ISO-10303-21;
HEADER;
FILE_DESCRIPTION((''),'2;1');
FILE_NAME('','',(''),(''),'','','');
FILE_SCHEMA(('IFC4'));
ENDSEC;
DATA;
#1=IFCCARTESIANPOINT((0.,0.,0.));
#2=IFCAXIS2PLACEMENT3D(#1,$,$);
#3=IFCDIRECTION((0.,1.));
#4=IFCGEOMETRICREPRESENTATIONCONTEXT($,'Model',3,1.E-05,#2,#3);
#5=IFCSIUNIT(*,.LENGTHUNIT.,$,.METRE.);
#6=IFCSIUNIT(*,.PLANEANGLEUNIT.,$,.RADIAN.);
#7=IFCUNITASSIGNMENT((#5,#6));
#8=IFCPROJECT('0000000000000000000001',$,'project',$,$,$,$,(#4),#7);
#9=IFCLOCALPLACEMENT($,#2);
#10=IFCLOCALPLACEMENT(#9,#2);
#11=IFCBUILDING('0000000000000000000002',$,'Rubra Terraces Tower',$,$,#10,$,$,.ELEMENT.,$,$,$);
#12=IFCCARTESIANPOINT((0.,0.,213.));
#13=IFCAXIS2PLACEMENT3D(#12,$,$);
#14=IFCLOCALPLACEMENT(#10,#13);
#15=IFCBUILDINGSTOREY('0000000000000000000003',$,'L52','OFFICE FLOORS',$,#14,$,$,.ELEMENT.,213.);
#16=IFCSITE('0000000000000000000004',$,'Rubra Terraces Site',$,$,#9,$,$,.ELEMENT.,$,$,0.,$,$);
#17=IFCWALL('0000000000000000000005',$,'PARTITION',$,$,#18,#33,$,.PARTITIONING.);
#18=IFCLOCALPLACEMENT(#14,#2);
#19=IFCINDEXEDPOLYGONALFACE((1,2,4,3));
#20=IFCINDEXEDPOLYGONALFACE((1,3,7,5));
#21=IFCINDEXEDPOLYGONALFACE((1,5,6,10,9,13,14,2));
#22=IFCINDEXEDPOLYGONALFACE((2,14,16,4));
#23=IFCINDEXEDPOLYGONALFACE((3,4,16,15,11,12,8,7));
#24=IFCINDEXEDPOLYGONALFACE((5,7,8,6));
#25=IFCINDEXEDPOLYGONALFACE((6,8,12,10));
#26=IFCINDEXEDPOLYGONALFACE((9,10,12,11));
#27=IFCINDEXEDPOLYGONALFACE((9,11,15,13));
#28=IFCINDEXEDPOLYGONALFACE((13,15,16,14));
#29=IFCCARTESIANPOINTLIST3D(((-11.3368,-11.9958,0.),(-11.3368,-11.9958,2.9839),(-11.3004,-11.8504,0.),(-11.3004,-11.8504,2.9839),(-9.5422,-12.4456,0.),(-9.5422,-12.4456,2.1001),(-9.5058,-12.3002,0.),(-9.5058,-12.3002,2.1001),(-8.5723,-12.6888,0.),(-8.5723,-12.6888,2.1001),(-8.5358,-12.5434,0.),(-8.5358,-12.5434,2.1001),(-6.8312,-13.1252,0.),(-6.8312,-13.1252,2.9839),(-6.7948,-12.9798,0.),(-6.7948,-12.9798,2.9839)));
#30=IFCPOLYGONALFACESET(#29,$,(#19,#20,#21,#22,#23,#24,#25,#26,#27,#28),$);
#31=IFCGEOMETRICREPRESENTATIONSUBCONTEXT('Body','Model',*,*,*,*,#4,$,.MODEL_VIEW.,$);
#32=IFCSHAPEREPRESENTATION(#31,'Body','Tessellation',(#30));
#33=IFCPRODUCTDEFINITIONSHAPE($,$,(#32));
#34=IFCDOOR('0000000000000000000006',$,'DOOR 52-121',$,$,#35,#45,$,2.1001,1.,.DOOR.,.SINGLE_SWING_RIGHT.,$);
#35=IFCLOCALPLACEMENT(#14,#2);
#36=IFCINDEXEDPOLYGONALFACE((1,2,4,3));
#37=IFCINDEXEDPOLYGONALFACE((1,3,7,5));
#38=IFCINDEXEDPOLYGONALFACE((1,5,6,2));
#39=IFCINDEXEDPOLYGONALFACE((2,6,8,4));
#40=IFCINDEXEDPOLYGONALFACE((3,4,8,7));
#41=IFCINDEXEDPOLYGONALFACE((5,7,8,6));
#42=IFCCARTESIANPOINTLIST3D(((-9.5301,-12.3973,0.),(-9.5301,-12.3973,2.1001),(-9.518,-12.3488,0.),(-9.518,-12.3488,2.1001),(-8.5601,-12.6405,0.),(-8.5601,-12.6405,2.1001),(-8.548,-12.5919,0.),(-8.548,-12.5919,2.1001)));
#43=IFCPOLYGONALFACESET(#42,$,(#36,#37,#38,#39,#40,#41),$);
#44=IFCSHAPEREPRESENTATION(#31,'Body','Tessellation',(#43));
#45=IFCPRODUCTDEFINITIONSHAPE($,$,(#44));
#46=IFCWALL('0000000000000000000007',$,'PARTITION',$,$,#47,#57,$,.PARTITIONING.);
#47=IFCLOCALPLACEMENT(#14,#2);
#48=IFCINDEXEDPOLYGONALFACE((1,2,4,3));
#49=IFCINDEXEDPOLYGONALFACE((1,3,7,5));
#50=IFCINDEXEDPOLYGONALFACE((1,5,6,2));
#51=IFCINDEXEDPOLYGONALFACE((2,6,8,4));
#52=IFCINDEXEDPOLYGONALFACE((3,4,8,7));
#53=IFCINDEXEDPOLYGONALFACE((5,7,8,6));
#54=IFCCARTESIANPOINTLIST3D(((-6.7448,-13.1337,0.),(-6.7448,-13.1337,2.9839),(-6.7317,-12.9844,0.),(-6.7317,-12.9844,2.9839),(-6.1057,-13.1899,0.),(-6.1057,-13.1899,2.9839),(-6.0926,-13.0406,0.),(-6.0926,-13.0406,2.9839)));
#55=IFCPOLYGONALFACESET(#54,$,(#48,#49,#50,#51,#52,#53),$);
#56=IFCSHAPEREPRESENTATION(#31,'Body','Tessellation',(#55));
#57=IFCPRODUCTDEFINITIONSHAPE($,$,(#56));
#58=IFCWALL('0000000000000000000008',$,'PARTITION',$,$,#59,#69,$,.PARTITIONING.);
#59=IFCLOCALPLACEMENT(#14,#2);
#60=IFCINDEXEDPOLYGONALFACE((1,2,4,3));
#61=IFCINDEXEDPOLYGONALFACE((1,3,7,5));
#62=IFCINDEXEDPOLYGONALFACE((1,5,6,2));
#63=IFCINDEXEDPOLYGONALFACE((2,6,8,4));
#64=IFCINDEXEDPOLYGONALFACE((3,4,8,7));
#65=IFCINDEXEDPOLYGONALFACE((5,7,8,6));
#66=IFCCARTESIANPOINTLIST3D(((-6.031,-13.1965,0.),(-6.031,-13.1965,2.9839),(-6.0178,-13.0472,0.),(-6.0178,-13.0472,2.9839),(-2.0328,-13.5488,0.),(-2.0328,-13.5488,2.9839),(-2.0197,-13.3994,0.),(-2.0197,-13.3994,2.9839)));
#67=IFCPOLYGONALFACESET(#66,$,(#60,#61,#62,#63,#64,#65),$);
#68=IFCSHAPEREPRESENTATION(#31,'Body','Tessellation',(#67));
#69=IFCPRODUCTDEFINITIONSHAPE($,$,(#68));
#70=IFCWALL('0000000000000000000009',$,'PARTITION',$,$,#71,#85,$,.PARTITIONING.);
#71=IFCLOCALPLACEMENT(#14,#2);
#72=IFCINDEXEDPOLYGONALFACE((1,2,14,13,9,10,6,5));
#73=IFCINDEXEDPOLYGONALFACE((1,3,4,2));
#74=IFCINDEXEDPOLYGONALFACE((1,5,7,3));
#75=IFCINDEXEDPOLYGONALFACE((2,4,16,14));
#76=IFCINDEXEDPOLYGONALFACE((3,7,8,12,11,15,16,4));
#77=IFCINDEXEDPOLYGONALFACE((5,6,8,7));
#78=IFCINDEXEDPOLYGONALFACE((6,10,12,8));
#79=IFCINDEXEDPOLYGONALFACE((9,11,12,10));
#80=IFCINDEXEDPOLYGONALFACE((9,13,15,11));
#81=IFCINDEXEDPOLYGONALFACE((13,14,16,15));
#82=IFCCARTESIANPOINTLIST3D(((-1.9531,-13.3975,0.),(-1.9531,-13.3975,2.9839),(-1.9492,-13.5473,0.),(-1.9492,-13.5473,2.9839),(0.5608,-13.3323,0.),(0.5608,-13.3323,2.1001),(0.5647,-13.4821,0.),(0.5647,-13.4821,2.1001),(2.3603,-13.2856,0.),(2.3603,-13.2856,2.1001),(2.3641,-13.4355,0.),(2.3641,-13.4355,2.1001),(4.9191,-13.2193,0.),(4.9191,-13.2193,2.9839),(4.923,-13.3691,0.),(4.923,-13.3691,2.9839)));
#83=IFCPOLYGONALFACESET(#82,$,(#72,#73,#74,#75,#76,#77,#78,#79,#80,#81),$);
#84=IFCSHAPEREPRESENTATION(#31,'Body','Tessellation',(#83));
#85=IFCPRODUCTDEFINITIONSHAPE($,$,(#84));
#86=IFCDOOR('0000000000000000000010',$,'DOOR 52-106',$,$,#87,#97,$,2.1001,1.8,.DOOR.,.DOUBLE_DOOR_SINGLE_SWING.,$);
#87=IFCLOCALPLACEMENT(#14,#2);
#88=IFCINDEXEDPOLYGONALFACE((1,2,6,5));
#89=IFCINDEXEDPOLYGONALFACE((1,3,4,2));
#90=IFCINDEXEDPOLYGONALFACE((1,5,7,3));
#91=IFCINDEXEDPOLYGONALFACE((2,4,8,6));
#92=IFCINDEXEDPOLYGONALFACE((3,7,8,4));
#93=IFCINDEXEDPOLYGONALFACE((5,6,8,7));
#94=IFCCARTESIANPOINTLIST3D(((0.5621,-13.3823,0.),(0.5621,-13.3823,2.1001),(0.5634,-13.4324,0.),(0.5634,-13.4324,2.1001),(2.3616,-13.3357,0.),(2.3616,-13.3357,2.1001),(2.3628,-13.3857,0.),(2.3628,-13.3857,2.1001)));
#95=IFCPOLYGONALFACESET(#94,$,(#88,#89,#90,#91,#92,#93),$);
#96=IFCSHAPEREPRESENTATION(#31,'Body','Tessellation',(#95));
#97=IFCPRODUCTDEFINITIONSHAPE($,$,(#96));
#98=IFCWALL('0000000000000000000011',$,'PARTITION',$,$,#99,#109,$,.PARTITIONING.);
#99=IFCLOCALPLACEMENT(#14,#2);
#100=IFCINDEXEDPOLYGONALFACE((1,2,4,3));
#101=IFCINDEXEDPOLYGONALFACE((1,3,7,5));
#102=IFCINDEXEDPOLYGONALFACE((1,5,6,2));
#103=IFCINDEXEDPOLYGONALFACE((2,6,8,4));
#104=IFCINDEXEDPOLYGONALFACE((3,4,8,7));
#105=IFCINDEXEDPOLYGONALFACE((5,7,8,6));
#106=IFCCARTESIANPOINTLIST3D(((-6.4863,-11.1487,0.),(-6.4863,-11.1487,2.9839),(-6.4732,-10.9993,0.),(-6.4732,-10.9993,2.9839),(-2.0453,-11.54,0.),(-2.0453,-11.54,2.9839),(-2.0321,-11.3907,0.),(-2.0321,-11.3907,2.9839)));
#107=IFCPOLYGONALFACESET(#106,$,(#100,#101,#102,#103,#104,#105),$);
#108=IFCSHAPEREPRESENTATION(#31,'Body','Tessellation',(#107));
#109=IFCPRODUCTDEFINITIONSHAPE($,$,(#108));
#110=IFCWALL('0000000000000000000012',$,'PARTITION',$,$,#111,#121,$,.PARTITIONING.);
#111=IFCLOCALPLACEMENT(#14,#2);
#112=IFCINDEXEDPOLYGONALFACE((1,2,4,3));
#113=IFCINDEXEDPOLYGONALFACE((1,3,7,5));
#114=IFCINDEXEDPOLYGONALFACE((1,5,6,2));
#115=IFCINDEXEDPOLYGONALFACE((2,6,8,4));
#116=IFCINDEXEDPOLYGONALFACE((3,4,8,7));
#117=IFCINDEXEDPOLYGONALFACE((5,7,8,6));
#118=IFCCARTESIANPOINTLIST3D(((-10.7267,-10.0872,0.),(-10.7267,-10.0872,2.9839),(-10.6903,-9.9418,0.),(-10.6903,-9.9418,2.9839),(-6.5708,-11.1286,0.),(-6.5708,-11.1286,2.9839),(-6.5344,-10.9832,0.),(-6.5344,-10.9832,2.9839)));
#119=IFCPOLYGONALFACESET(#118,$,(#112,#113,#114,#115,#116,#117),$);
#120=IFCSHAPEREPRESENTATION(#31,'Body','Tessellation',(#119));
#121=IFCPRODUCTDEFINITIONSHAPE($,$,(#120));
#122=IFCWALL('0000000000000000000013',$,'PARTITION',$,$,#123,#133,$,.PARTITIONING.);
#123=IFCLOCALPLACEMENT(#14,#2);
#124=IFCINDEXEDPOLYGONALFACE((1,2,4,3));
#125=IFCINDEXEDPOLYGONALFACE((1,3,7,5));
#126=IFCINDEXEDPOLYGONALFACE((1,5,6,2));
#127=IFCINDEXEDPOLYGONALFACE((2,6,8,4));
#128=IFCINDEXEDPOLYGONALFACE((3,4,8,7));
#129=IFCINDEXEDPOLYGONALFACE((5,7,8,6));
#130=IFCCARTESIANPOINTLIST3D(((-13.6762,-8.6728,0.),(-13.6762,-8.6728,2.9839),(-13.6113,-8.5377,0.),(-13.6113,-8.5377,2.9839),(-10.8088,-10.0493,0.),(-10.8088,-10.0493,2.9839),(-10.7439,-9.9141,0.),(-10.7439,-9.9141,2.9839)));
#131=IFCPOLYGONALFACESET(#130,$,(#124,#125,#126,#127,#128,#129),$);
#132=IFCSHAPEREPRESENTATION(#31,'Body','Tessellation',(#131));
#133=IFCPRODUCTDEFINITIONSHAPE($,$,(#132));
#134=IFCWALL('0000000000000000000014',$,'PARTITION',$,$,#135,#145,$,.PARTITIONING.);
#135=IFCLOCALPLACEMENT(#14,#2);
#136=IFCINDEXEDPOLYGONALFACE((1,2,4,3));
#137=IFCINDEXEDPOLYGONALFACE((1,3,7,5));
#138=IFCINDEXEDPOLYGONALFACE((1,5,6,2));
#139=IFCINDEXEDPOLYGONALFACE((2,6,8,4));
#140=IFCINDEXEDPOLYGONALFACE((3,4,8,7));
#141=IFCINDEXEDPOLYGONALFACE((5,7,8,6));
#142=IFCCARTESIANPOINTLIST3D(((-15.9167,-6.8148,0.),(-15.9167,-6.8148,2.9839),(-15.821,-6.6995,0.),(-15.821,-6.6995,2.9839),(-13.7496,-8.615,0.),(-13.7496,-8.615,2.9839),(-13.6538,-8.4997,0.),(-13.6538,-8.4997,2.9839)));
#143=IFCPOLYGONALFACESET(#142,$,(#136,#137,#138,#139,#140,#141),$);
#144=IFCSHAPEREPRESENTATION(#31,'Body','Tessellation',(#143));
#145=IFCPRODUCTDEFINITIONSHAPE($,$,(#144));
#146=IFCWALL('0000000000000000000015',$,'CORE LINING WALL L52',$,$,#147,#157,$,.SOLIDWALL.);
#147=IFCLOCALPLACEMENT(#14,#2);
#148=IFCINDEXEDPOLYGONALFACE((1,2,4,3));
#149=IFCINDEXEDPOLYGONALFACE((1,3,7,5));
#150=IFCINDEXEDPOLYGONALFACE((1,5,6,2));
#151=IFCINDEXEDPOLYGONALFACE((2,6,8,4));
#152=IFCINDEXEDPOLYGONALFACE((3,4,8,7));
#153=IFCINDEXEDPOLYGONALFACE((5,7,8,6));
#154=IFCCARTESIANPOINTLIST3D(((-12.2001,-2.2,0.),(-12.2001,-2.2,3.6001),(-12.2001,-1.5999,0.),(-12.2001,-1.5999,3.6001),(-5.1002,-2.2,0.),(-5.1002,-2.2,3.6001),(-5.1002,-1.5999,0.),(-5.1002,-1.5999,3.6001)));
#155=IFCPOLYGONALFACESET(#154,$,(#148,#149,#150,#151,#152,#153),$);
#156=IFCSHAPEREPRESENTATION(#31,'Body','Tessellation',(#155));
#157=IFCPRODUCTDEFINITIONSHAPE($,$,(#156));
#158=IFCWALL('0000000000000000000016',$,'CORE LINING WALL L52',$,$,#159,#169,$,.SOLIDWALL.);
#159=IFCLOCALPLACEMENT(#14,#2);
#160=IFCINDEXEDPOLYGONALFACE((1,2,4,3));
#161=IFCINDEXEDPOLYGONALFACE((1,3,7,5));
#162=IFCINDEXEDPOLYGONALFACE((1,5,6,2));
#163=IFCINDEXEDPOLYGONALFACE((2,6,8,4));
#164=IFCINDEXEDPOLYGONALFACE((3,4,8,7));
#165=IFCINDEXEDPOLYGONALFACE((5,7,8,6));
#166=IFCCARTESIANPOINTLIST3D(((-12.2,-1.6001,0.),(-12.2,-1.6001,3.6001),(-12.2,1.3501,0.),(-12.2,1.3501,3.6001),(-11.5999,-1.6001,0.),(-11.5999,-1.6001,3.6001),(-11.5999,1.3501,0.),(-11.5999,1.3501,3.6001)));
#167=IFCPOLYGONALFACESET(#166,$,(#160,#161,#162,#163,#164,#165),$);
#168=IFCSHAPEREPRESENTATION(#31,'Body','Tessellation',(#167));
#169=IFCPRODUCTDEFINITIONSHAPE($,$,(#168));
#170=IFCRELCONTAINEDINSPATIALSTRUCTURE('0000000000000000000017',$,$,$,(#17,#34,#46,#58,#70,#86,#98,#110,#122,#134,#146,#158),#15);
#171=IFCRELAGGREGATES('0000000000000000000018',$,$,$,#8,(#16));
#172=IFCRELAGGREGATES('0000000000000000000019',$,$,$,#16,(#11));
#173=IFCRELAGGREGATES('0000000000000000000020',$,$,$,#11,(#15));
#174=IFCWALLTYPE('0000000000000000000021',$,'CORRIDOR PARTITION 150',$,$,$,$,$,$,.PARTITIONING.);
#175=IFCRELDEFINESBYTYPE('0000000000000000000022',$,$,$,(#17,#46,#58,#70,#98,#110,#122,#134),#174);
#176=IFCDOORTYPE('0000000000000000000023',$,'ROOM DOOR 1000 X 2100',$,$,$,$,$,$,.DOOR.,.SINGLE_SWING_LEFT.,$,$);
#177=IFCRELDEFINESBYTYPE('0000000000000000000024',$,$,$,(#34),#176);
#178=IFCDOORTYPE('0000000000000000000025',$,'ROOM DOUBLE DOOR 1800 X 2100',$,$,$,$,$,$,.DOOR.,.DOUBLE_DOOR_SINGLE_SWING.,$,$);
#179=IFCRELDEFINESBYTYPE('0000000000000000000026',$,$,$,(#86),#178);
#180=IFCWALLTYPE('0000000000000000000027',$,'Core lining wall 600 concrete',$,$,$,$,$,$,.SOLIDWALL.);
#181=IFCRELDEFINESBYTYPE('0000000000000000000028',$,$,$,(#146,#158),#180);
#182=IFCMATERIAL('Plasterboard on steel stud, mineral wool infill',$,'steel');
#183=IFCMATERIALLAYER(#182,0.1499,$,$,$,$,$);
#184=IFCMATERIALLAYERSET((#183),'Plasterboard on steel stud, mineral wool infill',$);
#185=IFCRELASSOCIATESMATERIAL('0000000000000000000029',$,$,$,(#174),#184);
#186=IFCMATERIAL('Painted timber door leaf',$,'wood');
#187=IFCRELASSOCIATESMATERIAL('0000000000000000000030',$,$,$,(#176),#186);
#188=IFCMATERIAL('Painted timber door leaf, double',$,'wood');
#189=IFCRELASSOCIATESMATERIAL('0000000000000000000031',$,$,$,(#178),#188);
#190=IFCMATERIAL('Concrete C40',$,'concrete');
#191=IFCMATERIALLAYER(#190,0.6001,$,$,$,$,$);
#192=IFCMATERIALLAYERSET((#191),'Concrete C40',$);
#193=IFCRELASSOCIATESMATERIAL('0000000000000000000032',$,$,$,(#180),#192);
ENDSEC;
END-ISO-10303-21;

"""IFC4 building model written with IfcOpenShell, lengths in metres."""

from ifc_helpers import new_model, si_unit, direction, frame, frame_2d, origin, place, context, subcontext, project, spatial, rectangle, extrude, material, layer, layer_set, type_object, element, fill, save


model = new_model("IFC4")

# Units and contexts
model_context = context("Model", 3, precision=1e-05, world=origin(), true_north=direction((0.0, 1.0)))
body_context = subcontext(model_context, "Body", "Model", "MODEL_VIEW")
ifc_project = project(units=[si_unit("LENGTHUNIT", "METRE"), si_unit("PLANEANGLEUNIT", "RADIAN")], contexts=[model_context])

# Site, building, storey
site_placement = place(None, origin())
site = spatial("IfcSite", under=ifc_project, at=site_placement, Name="Rubra Terraces Site", CompositionType="ELEMENT", RefElevation=0.0)
building_placement = place(site_placement, origin())
building = spatial("IfcBuilding", under=site, at=building_placement, Name="Rubra Terraces Tower", CompositionType="ELEMENT")
storey_placement = place(building_placement, frame((0.0, 0.0, 213.0)))
storey = spatial("IfcBuildingStorey", under=building, at=storey_placement, Name="L52", Description="OFFICE FLOORS", CompositionType="ELEMENT", Elevation=213.0)

# Wall, opening, door
ifc_material_1 = material(Name="Plasterboard on steel stud, mineral wool infill", Category="steel")
ifc_layer_1 = layer(ifc_material_1, 0.1499)
ifc_layer_set_1 = layer_set([ifc_layer_1], Name="Plasterboard on steel stud, mineral wool infill")
wall_type_1 = type_object("IfcWallType", Name="CORRIDOR PARTITION 150", PredefinedType="PARTITIONING", material=ifc_layer_set_1)
wall_1_placement = place(storey_placement, frame((-11.3186, -11.9231, 0.0), z_axis=(0.0, 0.0, 1.0), x_axis=(0.969991, -0.243142, 0.0)))
wall_1 = element("IfcWall", 1, at=wall_1_placement, inside=storey, type_object=wall_type_1, Name="PARTITION", PredefinedType="PARTITIONING", context=body_context, shape_type="SweptSolid", body=[
    extrude(rectangle(XDim=4.645, YDim=0.1499, at=frame_2d((2.3225, 0.0))), origin(), (0.0, 0.0, 1.0), 2.9839),
])
opening_1_placement = place(wall_1_placement, frame((1.8501, 0.0, 0.0)))
opening_1 = element("IfcOpeningElement", 2, at=opening_1_placement, cuts=wall_1, PredefinedType="OPENING", context=body_context, shape_type="SweptSolid", body=[
    extrude(rectangle(XDim=1.0, YDim=2.1001, at=frame_2d((0.5, 1.05))), frame((0.0, 0.085, 0.0), z_axis=(0.0, -1.0, 0.0), x_axis=(1.0, 0.0, 0.0)), (0.0, 0.0, 1.0), 0.1699),
])
ifc_material_2 = material(Name="Painted timber door leaf", Category="wood")
door_type_1 = type_object("IfcDoorType", Name="ROOM DOOR 1000 X 2100", OperationType="SINGLE_SWING_LEFT", PredefinedType="DOOR", material=ifc_material_2)
door_1_placement = place(opening_1_placement, origin())
door_1 = element("IfcDoor", 3, at=door_1_placement, inside=storey, type_object=door_type_1, Name="DOOR 52-121", OperationType="SINGLE_SWING_RIGHT", OverallHeight=2.1001, OverallWidth=1.0, PredefinedType="DOOR", context=body_context, shape_type="SweptSolid", body=[
    extrude(rectangle(XDim=1.0, YDim=2.1001, at=frame_2d((0.5, 1.05))), frame((0.0, 0.0249, 0.0), z_axis=(0.0, -1.0, 0.0), x_axis=(1.0, 0.0, 0.0)), (0.0, 0.0, 1.0), 0.05),
])
fill(opening_1, door_1)

# Walls
wall_2_placement = place(storey_placement, frame((-6.7383, -13.0591, 0.0), z_axis=(0.0, 0.0, 1.0), x_axis=(0.996163, -0.087516, 0.0)))
element("IfcWall", 4, at=wall_2_placement, inside=storey, type_object=wall_type_1, Name="PARTITION", PredefinedType="PARTITIONING", context=body_context, shape_type="SweptSolid", body=[
    extrude(rectangle(XDim=0.6416, YDim=0.1499, at=frame_2d((0.3208, 0.0))), origin(), (0.0, 0.0, 1.0), 2.9839),
])
wall_3_placement = place(storey_placement, frame((-6.0244, -13.1218, 0.0), z_axis=(0.0, 0.0, 1.0), x_axis=(0.996141, -0.087771, 0.0)))
element("IfcWall", 5, at=wall_3_placement, inside=storey, type_object=wall_type_1, Name="PARTITION", PredefinedType="PARTITIONING", context=body_context, shape_type="SweptSolid", body=[
    extrude(rectangle(XDim=4.0137, YDim=0.1499, at=frame_2d((2.0068, 0.0))), origin(), (0.0, 0.0, 1.0), 2.9839),
])

# Wall, opening, door
wall_4_placement = place(storey_placement, frame((-1.9512, -13.4724, 0.0), z_axis=(0.0, 0.0, 1.0), x_axis=(0.999664, 0.025925, 0.0)))
wall_4 = element("IfcWall", 6, at=wall_4_placement, inside=storey, type_object=wall_type_1, Name="PARTITION", PredefinedType="PARTITIONING", context=body_context, shape_type="SweptSolid", body=[
    extrude(rectangle(XDim=6.8745, YDim=0.1499, at=frame_2d((3.4373, 0.0))), origin(), (0.0, 0.0, 1.0), 2.9839),
])
opening_2_placement = place(wall_4_placement, frame((2.5149, 0.0, 0.0)))
opening_2 = element("IfcOpeningElement", 7, at=opening_2_placement, cuts=wall_4, PredefinedType="OPENING", context=body_context, shape_type="SweptSolid", body=[
    extrude(rectangle(XDim=1.8, YDim=2.1001, at=frame_2d((0.8999, 1.05))), frame((0.0, 0.085, 0.0), z_axis=(0.0, -1.0, 0.0), x_axis=(1.0, 0.0, 0.0)), (0.0, 0.0, 1.0), 0.1699),
])
ifc_material_3 = material(Name="Painted timber door leaf, double", Category="wood")
door_type_2 = type_object("IfcDoorType", Name="ROOM DOUBLE DOOR 1800 X 2100", OperationType="DOUBLE_DOOR_SINGLE_SWING", PredefinedType="DOOR", material=ifc_material_3)
door_2_placement = place(opening_2_placement, origin())
door_2 = element("IfcDoor", 8, at=door_2_placement, inside=storey, type_object=door_type_2, Name="DOOR 52-106", OperationType="DOUBLE_DOOR_SINGLE_SWING", OverallHeight=2.1001, OverallWidth=1.8, PredefinedType="DOOR", context=body_context, shape_type="SweptSolid", body=[
    extrude(rectangle(XDim=1.8, YDim=2.1001, at=frame_2d((0.8999, 1.05))), frame((0.0, 0.0249, 0.0), z_axis=(0.0, -1.0, 0.0), x_axis=(1.0, 0.0, 0.0)), (0.0, 0.0, 1.0), 0.05),
])
fill(opening_2, door_2)

# Walls
wall_5_placement = place(storey_placement, frame((-2.0388, -11.4653, 0.0), z_axis=(0.0, 0.0, 1.0), x_axis=(-0.99614, 0.08778, 0.0)))
element("IfcWall", 9, at=wall_5_placement, inside=storey, type_object=wall_type_1, Name="PARTITION", PredefinedType="PARTITIONING", context=body_context, shape_type="SweptSolid", body=[
    extrude(rectangle(XDim=4.4583, YDim=0.1499, at=frame_2d((2.229, 0.0))), origin(), (0.0, 0.0, 1.0), 2.9839),
])
wall_6_placement = place(storey_placement, frame((-6.5527, -11.0559, 0.0), z_axis=(0.0, 0.0, 1.0), x_axis=(-0.970005, 0.243085, 0.0)))
element("IfcWall", 10, at=wall_6_placement, inside=storey, type_object=wall_type_1, Name="PARTITION", PredefinedType="PARTITIONING", context=body_context, shape_type="SweptSolid", body=[
    extrude(rectangle(XDim=4.2844, YDim=0.1499, at=frame_2d((2.1421, 0.0))), origin(), (0.0, 0.0, 1.0), 2.9839),
])
wall_7_placement = place(storey_placement, frame((-10.7764, -9.9817, 0.0), z_axis=(0.0, 0.0, 1.0), x_axis=(-0.901511, 0.432756, 0.0)))
element("IfcWall", 11, at=wall_7_placement, inside=storey, type_object=wall_type_1, Name="PARTITION", PredefinedType="PARTITIONING", context=body_context, shape_type="SweptSolid", body=[
    extrude(rectangle(XDim=3.1807, YDim=0.1499, at=frame_2d((1.5903, 0.0))), origin(), (0.0, 0.0, 1.0), 2.9839),
])
wall_8_placement = place(storey_placement, frame((-13.7017, -8.5574, 0.0), z_axis=(0.0, 0.0, 1.0), x_axis=(-0.769222, 0.638982, 0.0)))
element("IfcWall", 12, at=wall_8_placement, inside=storey, type_object=wall_type_1, Name="PARTITION", PredefinedType="PARTITIONING", context=body_context, shape_type="SweptSolid", body=[
    extrude(rectangle(XDim=2.8174, YDim=0.1499, at=frame_2d((1.4087, 0.0))), origin(), (0.0, 0.0, 1.0), 2.9839),
])
ifc_material_4 = material(Name="Concrete C40", Category="concrete")
ifc_layer_2 = layer(ifc_material_4, 0.6001)
ifc_layer_set_2 = layer_set([ifc_layer_2], Name="Concrete C40")
wall_type_2 = type_object("IfcWallType", Name="Core lining wall 600 concrete", PredefinedType="SOLIDWALL", material=ifc_layer_set_2)
wall_9_placement = place(storey_placement, frame((-12.2, -1.8999, 0.0), z_axis=(0.0, 0.0, 1.0), x_axis=(1.0, 0.0, 0.0)))
element("IfcWall", 13, at=wall_9_placement, inside=storey, type_object=wall_type_2, Name="CORE LINING WALL L52", PredefinedType="SOLIDWALL", context=body_context, shape_type="SweptSolid", body=[
    extrude(rectangle(XDim=7.0999, YDim=0.6001, at=frame_2d((3.5498, 0.0))), origin(), (0.0, 0.0, 1.0), 3.6001),
])
wall_10_placement = place(storey_placement, frame((-11.8999, -1.6001, 0.0), z_axis=(0.0, 0.0, 1.0), x_axis=(0.0, 1.0, 0.0)))
element("IfcWall", 14, at=wall_10_placement, inside=storey, type_object=wall_type_2, Name="CORE LINING WALL L52", PredefinedType="SOLIDWALL", context=body_context, shape_type="SweptSolid", body=[
    extrude(rectangle(XDim=2.9502, YDim=0.6001, at=frame_2d((1.4751, 0.0))), origin(), (0.0, 0.0, 1.0), 3.6001),
])

save(model, "model.ifc")
